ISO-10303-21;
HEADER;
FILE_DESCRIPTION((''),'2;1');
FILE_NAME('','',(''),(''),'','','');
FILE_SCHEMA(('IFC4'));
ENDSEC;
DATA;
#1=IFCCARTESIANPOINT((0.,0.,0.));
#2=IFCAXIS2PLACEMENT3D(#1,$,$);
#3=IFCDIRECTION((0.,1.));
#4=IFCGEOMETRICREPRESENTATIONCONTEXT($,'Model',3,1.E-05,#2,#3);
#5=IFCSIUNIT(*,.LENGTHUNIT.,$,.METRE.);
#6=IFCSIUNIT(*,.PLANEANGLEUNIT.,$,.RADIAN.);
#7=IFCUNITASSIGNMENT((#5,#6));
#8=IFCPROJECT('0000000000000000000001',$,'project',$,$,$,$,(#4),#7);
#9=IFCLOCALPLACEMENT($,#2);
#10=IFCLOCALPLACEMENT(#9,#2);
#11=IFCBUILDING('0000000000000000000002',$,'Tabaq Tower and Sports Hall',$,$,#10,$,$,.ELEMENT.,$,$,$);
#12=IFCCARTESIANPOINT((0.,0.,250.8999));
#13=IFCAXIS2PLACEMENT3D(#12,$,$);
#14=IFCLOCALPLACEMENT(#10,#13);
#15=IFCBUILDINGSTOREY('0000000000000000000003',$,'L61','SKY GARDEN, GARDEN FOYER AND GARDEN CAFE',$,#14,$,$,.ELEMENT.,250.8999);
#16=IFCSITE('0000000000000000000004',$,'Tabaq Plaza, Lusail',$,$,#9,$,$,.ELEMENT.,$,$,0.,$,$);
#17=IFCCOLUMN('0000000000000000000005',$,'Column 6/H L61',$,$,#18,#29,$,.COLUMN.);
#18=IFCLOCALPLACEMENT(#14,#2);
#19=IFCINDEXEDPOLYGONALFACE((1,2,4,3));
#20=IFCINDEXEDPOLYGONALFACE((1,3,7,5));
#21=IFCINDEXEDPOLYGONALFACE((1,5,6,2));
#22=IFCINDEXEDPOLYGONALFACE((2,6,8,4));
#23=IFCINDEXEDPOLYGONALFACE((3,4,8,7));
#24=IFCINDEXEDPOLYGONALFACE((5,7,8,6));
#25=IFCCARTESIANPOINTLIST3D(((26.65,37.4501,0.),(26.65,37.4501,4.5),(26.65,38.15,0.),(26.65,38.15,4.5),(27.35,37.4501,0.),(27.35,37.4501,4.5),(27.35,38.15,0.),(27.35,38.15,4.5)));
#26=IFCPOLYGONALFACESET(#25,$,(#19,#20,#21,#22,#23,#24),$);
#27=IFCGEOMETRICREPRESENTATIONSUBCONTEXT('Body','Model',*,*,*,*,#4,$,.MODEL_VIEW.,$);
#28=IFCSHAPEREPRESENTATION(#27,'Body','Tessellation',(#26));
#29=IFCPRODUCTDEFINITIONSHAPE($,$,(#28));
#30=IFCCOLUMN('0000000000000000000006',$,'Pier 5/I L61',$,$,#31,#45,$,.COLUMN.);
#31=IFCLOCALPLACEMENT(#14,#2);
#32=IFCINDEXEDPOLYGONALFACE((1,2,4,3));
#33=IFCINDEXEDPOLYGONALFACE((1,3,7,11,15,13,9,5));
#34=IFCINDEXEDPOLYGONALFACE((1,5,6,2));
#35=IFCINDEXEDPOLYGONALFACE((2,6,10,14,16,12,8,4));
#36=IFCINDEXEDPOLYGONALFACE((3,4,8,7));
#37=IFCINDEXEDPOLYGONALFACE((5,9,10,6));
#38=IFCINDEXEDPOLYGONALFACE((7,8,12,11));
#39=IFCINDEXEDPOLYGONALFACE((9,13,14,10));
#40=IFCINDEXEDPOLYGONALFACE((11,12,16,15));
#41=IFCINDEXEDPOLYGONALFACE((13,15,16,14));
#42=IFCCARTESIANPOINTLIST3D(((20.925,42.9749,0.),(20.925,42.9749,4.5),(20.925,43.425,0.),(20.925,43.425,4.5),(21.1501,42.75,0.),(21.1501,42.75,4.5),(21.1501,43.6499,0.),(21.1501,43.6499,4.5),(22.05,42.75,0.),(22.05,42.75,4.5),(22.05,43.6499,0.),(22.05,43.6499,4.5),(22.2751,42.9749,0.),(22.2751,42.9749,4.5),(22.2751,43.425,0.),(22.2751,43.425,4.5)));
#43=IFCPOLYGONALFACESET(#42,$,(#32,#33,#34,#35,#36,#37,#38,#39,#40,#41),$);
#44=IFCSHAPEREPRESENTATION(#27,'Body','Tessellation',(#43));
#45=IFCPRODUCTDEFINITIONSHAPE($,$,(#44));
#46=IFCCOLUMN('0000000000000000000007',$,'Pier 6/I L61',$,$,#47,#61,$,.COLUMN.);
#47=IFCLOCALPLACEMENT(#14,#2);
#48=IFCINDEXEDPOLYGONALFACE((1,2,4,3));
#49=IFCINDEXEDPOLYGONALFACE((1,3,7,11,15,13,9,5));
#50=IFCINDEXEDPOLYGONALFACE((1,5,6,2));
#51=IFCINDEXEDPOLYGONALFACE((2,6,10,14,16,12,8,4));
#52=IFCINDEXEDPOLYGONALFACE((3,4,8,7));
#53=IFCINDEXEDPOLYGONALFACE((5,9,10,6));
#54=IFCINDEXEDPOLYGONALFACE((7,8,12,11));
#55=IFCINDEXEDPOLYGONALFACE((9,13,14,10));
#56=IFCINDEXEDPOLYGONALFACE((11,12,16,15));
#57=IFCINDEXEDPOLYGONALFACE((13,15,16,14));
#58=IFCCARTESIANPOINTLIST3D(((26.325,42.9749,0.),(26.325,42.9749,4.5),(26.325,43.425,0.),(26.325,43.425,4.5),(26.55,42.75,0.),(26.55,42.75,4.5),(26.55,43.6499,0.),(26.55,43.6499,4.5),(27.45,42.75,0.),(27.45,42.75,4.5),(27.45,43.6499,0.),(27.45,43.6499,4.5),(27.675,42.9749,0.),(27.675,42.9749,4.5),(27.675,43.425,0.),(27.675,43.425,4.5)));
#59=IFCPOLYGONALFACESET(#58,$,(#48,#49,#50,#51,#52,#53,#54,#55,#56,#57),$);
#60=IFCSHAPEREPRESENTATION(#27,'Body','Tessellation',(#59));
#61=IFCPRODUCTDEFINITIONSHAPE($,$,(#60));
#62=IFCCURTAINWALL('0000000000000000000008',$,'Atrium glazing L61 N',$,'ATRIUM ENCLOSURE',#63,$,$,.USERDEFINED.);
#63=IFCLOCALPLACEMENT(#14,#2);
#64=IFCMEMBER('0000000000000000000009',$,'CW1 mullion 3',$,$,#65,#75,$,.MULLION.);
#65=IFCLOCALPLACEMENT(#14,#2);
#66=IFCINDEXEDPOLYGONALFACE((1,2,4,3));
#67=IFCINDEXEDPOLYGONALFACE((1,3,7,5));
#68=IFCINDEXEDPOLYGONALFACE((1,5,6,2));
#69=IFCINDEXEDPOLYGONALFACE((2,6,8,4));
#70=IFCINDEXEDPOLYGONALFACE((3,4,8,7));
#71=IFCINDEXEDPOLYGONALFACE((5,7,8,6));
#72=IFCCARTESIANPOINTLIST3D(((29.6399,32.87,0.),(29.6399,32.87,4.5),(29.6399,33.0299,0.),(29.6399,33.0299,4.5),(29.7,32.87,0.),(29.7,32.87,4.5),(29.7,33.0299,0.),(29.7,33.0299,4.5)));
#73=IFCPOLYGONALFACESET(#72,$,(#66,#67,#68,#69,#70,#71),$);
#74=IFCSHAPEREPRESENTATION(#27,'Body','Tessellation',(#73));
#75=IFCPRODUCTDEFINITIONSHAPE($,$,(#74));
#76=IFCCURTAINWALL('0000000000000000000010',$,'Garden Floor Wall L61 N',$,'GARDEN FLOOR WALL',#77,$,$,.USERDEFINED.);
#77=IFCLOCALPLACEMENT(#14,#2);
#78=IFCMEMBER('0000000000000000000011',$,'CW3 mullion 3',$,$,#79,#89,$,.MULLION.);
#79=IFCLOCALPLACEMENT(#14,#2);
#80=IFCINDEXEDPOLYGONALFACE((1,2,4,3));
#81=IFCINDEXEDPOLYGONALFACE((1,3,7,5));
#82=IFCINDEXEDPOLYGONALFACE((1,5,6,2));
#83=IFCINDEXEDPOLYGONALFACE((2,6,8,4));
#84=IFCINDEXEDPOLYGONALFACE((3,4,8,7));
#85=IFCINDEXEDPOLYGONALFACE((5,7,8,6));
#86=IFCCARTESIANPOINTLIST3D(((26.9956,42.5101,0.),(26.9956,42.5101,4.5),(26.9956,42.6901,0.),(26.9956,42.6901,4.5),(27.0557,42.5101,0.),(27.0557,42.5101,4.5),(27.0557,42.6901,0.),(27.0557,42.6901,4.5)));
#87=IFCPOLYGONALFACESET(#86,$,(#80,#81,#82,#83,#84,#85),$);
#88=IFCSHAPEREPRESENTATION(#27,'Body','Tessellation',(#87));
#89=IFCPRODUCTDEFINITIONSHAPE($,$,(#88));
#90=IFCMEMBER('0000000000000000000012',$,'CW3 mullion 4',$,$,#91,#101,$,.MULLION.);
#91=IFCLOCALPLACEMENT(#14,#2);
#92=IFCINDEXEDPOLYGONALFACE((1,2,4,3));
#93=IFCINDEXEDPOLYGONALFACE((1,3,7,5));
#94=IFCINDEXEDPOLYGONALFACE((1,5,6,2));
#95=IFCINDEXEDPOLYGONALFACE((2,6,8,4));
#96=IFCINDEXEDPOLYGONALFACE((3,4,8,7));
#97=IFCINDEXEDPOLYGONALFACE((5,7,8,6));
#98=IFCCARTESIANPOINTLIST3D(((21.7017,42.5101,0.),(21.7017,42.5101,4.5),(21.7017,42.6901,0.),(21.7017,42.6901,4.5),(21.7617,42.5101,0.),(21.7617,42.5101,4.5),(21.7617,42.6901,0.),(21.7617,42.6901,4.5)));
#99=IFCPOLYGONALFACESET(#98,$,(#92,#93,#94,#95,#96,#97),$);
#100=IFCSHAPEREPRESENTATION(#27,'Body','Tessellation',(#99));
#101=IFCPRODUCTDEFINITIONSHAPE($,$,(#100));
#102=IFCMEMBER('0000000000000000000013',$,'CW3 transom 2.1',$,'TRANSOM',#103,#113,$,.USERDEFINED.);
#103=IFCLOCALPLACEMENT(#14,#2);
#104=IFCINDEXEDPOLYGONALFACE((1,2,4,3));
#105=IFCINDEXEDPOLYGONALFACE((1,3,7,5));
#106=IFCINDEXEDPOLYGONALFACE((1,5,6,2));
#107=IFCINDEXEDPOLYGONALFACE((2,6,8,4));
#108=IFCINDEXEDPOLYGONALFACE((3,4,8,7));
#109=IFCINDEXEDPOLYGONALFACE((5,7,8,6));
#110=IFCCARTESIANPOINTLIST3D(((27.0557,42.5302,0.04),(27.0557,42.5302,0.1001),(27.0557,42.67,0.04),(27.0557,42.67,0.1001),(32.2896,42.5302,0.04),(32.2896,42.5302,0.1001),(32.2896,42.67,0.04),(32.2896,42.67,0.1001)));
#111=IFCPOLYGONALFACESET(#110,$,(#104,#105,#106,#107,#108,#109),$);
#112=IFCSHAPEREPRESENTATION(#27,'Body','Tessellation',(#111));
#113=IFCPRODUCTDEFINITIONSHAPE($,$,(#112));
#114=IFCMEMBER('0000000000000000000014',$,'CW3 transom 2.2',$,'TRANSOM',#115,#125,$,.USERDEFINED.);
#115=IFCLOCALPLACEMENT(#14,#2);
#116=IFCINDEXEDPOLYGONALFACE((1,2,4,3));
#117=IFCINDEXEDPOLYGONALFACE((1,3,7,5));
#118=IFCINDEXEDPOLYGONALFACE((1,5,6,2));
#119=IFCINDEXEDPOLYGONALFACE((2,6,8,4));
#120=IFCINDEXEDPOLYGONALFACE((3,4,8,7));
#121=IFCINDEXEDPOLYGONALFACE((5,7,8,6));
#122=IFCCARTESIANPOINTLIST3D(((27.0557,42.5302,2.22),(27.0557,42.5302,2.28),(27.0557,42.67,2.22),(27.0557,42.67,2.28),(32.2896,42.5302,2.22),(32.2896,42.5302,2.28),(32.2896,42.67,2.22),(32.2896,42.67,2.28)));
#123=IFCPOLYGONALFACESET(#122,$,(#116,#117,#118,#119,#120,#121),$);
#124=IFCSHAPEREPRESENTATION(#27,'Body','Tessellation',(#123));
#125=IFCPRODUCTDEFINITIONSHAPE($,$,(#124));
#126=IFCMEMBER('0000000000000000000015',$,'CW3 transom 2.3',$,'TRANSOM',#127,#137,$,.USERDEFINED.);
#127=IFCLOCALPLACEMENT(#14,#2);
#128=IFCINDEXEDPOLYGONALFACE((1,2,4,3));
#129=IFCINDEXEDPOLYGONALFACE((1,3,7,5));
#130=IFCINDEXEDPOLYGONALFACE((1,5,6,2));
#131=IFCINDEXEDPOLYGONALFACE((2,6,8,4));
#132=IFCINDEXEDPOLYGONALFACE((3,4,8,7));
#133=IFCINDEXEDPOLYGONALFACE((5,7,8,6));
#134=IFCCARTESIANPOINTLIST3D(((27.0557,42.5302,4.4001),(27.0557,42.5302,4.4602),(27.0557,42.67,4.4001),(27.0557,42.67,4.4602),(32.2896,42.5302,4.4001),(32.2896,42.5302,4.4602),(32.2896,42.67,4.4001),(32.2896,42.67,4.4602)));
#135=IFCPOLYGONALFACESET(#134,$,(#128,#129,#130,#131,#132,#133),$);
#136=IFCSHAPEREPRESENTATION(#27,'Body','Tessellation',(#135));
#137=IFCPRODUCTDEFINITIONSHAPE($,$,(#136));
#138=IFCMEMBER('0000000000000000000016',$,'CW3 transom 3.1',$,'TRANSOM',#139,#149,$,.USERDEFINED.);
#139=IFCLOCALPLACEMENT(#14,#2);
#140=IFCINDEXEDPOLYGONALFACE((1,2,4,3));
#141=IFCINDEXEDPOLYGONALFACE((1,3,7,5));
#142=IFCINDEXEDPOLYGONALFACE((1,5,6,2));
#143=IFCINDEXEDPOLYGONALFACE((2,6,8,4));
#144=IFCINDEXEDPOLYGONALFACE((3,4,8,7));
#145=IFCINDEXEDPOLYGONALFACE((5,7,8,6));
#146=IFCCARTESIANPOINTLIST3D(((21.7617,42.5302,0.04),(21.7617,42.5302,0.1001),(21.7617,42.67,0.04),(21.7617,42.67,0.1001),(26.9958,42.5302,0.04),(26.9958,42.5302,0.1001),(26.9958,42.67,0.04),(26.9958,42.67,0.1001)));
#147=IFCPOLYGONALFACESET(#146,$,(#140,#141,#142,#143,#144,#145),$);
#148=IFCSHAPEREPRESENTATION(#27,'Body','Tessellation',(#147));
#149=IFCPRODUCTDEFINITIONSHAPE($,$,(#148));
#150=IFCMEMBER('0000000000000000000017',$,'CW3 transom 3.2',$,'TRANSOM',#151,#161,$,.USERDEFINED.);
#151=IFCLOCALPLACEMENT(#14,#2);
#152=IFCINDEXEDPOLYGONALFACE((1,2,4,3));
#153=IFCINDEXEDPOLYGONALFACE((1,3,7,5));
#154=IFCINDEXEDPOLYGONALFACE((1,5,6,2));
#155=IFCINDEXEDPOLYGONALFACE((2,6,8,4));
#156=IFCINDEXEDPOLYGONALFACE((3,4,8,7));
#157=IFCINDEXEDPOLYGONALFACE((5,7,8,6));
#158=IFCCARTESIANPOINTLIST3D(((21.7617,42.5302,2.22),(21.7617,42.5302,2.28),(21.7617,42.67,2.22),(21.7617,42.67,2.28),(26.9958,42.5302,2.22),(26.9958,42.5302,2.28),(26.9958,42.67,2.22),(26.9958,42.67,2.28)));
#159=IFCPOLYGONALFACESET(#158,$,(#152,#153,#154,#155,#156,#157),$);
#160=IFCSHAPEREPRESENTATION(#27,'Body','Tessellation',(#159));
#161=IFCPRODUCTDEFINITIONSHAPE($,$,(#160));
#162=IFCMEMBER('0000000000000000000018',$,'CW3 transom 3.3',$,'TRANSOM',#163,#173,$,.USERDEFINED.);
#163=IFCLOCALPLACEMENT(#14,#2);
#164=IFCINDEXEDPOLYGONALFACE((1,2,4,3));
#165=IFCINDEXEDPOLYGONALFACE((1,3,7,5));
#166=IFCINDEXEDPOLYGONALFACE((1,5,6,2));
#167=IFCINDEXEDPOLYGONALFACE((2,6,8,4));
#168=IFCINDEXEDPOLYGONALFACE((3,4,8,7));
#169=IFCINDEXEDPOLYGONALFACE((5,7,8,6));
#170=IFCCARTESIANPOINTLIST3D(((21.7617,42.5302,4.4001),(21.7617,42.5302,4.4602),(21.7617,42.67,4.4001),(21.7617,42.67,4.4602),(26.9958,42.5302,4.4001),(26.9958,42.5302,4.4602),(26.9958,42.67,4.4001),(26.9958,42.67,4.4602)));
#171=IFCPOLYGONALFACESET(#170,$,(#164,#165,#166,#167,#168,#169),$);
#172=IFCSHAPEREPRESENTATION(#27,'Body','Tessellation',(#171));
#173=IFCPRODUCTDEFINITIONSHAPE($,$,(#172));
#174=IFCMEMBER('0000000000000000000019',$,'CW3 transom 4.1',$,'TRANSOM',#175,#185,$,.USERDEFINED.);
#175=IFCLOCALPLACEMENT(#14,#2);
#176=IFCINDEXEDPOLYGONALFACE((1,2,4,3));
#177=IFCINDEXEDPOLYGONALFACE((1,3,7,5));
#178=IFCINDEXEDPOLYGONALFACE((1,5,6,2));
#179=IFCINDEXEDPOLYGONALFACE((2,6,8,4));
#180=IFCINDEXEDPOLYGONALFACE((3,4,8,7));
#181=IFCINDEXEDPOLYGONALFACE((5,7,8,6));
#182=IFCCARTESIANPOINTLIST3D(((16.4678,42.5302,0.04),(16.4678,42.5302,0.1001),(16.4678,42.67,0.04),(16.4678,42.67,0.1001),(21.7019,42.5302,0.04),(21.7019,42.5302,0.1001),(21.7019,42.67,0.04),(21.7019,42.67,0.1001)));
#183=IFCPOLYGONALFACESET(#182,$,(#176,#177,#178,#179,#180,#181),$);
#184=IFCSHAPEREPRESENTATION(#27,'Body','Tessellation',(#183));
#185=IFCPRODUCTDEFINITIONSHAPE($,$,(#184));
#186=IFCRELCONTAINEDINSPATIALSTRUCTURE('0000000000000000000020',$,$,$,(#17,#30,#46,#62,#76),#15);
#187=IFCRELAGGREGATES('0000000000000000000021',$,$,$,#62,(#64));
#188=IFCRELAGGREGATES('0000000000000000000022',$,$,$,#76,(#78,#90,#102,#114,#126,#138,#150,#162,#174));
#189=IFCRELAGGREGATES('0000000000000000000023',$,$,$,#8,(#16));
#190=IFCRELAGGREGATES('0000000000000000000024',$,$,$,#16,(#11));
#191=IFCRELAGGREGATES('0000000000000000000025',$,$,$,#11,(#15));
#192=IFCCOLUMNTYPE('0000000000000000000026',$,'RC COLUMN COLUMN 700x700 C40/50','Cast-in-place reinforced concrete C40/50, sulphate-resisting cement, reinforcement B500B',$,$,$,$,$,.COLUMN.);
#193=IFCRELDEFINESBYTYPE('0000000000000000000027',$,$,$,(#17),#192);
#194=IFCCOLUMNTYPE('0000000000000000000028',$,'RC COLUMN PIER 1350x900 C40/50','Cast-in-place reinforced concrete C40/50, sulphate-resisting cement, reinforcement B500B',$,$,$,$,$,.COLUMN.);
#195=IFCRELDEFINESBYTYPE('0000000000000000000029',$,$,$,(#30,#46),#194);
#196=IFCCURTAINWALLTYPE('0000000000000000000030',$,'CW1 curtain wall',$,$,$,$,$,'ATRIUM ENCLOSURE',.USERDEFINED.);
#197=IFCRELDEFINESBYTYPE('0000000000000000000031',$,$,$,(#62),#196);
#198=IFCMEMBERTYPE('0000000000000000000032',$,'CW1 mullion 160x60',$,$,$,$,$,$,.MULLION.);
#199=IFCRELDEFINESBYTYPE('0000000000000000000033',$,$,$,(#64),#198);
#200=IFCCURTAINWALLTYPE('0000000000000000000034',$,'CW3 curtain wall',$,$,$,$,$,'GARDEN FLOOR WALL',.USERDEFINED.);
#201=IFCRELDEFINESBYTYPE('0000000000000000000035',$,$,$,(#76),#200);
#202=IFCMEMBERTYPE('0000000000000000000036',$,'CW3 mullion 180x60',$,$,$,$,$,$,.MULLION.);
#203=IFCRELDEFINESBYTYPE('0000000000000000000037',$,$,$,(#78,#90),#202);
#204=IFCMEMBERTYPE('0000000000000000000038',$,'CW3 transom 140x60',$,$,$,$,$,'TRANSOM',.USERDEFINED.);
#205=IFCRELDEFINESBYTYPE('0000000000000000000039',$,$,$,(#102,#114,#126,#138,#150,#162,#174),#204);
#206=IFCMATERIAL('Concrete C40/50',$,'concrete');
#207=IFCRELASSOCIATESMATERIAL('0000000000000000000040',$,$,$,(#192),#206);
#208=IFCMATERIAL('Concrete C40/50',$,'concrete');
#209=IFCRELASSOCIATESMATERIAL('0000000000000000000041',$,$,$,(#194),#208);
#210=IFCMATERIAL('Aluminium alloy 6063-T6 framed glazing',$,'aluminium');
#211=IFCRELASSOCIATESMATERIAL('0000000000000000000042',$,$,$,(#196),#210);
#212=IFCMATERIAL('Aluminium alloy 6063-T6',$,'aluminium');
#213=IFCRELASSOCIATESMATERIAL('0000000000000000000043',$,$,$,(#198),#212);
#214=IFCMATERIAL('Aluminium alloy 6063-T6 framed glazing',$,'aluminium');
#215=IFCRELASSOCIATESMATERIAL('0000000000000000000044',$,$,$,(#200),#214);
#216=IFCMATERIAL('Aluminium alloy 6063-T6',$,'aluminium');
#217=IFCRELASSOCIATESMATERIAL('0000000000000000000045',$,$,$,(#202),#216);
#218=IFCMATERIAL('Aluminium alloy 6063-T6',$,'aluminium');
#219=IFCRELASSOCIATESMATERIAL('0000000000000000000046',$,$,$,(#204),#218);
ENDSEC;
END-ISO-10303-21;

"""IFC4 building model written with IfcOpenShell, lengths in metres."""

from ifc_helpers import new_model, si_unit, direction, frame, origin, origin_2d, place, context, subcontext, project, spatial, polyline, rectangle, outline, extrude, material, material_profile, profile_set, type_object, element, aggregate, save


model = new_model("IFC4")

# Units and contexts
model_context = context("Model", 3, precision=1e-05, world=origin(), true_north=direction((0.0, 1.0)))
body_context = subcontext(model_context, "Body", "Model", "MODEL_VIEW")
ifc_project = project(units=[si_unit("LENGTHUNIT", "METRE"), si_unit("PLANEANGLEUNIT", "RADIAN")], contexts=[model_context])

# Site, building, storey
site_placement = place(None, origin())
site = spatial("IfcSite", under=ifc_project, at=site_placement, Name="Tabaq Plaza, Lusail", CompositionType="ELEMENT", RefElevation=0.0)
building_placement = place(site_placement, origin())
building = spatial("IfcBuilding", under=site, at=building_placement, Name="Tabaq Tower and Sports Hall", CompositionType="ELEMENT")
storey_placement = place(building_placement, frame((0.0, 0.0, 250.8999)))
storey = spatial("IfcBuildingStorey", under=building, at=storey_placement, Name="L61", Description="SKY GARDEN, GARDEN FOYER AND GARDEN CAFE", CompositionType="ELEMENT", Elevation=250.8999)

# Columns
ifc_material_1 = material(Name="Concrete C40/50", Category="concrete")
ifc_material_profile_1 = material_profile(ifc_material_1, rectangle(XDim=0.7, YDim=0.7, at=origin_2d()), Name="COLUMN 700x700")
ifc_profile_set_1 = profile_set([ifc_material_profile_1], Name="Concrete C40/50")
column_type_1 = type_object("IfcColumnType", Name="RC COLUMN COLUMN 700x700 C40/50", Description="Cast-in-place reinforced concrete C40/50, sulphate-resisting cement, reinforcement B500B", PredefinedType="COLUMN", material=ifc_profile_set_1)
column_placement = place(storey_placement, frame((27.0, 37.8, 0.0), z_axis=(0.0, 0.0, 1.0), x_axis=(1.0, 0.0, 0.0)))
element("IfcColumn", 1, at=column_placement, inside=storey, type_object=column_type_1, Name="Column 6/H L61", PredefinedType="COLUMN", context=body_context, shape_type="SweptSolid", body=[
    extrude(rectangle(XDim=0.7, YDim=0.7, at=origin_2d()), origin(), (0.0, 0.0, 1.0), 4.5),
])
ifc_material_2 = material(Name="Concrete C40/50", Category="concrete")
ifc_material_profile_2 = material_profile(ifc_material_2, outline(polyline([(-0.45, -0.45), (0.45, -0.45), (0.675, -0.2251), (0.675, 0.2251), (0.45, 0.45), (-0.45, 0.45), (-0.675, 0.2251), (-0.675, -0.2251), (-0.45, -0.45)])), Name="PIER 1350x900")
ifc_profile_set_2 = profile_set([ifc_material_profile_2], Name="Concrete C40/50")
column_type_2 = type_object("IfcColumnType", Name="RC COLUMN PIER 1350x900 C40/50", Description="Cast-in-place reinforced concrete C40/50, sulphate-resisting cement, reinforcement B500B", PredefinedType="COLUMN", material=ifc_profile_set_2)
for number, where, z_axis, x_axis, name in (
    (2, (21.6001, 43.2, 0.0), (0.0, 0.0, 1.0), (1.0, 0.0, 0.0), "Pier 5/I L61"),
    (3, (27.0, 43.2, 0.0), (0.0, 0.0, 1.0), (1.0, 0.0, 0.0), "Pier 6/I L61"),
):
    element("IfcColumn", number, at=place(storey_placement, frame(where, z_axis=z_axis, x_axis=x_axis)), inside=storey, type_object=column_type_2, Name=name, PredefinedType="COLUMN", context=body_context, shape_type="SweptSolid", body=[
        extrude(outline(polyline([(-0.45, -0.45), (0.45, -0.45), (0.675, -0.2251), (0.675, 0.2251), (0.45, 0.45), (-0.45, 0.45), (-0.675, 0.2251), (-0.675, -0.2251), (-0.45, -0.45)])), origin(), (0.0, 0.0, 1.0), 4.5),
    ])

# Curtain wall, member
ifc_material_3 = material(Name="Aluminium alloy 6063-T6 framed glazing", Category="aluminium")
curtain_wall_type_1 = type_object("IfcCurtainWallType", Name="CW1 curtain wall", ElementType="ATRIUM ENCLOSURE", PredefinedType="USERDEFINED", material=ifc_material_3)
curtain_wall_1_placement = place(storey_placement, origin())
curtain_wall_1 = element("IfcCurtainWall", 4, at=curtain_wall_1_placement, inside=storey, type_object=curtain_wall_type_1, Name="Atrium glazing L61 N", ObjectType="ATRIUM ENCLOSURE", PredefinedType="USERDEFINED")
ifc_material_4 = material(Name="Aluminium alloy 6063-T6", Category="aluminium")
ifc_material_profile_3 = material_profile(ifc_material_4, rectangle(XDim=0.1599, YDim=0.0601, at=origin_2d()), Name="MULLION 160x60")
ifc_profile_set_3 = profile_set([ifc_material_profile_3], Name="Aluminium alloy 6063-T6")
member_type_1 = type_object("IfcMemberType", Name="CW1 mullion 160x60", PredefinedType="MULLION", material=ifc_profile_set_3)
member_1_placement = place(storey_placement, frame((29.6699, 32.95, 0.0), z_axis=(0.0, 0.0, 1.0), x_axis=(0.0, 1.0, 0.0)))
member_1 = element("IfcMember", 5, at=member_1_placement, type_object=member_type_1, Name="CW1 mullion 3", PredefinedType="MULLION", context=body_context, shape_type="SweptSolid", body=[
    extrude(rectangle(XDim=0.1599, YDim=0.0601, at=origin_2d()), origin(), (0.0, 0.0, 1.0), 4.5),
])

# Curtain wall, members
ifc_material_5 = material(Name="Aluminium alloy 6063-T6 framed glazing", Category="aluminium")
curtain_wall_type_2 = type_object("IfcCurtainWallType", Name="CW3 curtain wall", ElementType="GARDEN FLOOR WALL", PredefinedType="USERDEFINED", material=ifc_material_5)
curtain_wall_2_placement = place(storey_placement, origin())
curtain_wall_2 = element("IfcCurtainWall", 6, at=curtain_wall_2_placement, inside=storey, type_object=curtain_wall_type_2, Name="Garden Floor Wall L61 N", ObjectType="GARDEN FLOOR WALL", PredefinedType="USERDEFINED")
ifc_material_6 = material(Name="Aluminium alloy 6063-T6", Category="aluminium")
ifc_material_profile_4 = material_profile(ifc_material_6, rectangle(XDim=0.1799, YDim=0.0601, at=origin_2d()), Name="MULLION 180x60")
ifc_profile_set_4 = profile_set([ifc_material_profile_4], Name="Aluminium alloy 6063-T6")
member_type_2 = type_object("IfcMemberType", Name="CW3 mullion 180x60", PredefinedType="MULLION", material=ifc_profile_set_4)
member_2_placement = place(storey_placement, frame((27.0256, 42.6001, 0.0), z_axis=(0.0, 0.0, 1.0), x_axis=(0.0, -1.0, 0.0)))
member_2 = element("IfcMember", 7, at=member_2_placement, type_object=member_type_2, Name="CW3 mullion 3", PredefinedType="MULLION", context=body_context, shape_type="SweptSolid", body=[
    extrude(rectangle(XDim=0.1799, YDim=0.0601, at=origin_2d()), origin(), (0.0, 0.0, 1.0), 4.5),
])
member_3_placement = place(storey_placement, frame((21.7317, 42.6001, 0.0), z_axis=(0.0, 0.0, 1.0), x_axis=(0.0, -1.0, 0.0)))
member_3 = element("IfcMember", 8, at=member_3_placement, type_object=member_type_2, Name="CW3 mullion 4", PredefinedType="MULLION", context=body_context, shape_type="SweptSolid", body=[
    extrude(rectangle(XDim=0.1799, YDim=0.0601, at=origin_2d()), origin(), (0.0, 0.0, 1.0), 4.5),
])
ifc_material_7 = material(Name="Aluminium alloy 6063-T6", Category="aluminium")
ifc_material_profile_5 = material_profile(ifc_material_7, rectangle(XDim=0.1399, YDim=0.0601, at=origin_2d()), Name="TRANSOM 140x60")
ifc_profile_set_5 = profile_set([ifc_material_profile_5], Name="Aluminium alloy 6063-T6")
member_type_3 = type_object("IfcMemberType", Name="CW3 transom 140x60", ElementType="TRANSOM", PredefinedType="USERDEFINED", material=ifc_profile_set_5)
member_4_placement = place(storey_placement, frame((32.2896, 42.6001, 0.0701), z_axis=(-1.0, 0.0, 0.0), x_axis=(0.0, -1.0, 0.0)))
member_4 = element("IfcMember", 9, at=member_4_placement, type_object=member_type_3, Name="CW3 transom 2.1", ObjectType="TRANSOM", PredefinedType="USERDEFINED", context=body_context, shape_type="SweptSolid", body=[
    extrude(rectangle(XDim=0.1399, YDim=0.0601, at=origin_2d()), origin(), (0.0, 0.0, 1.0), 5.2339),
])
member_5_placement = place(storey_placement, frame((32.2896, 42.6001, 2.25), z_axis=(-1.0, 0.0, 0.0), x_axis=(0.0, -1.0, 0.0)))
member_5 = element("IfcMember", 10, at=member_5_placement, type_object=member_type_3, Name="CW3 transom 2.2", ObjectType="TRANSOM", PredefinedType="USERDEFINED", context=body_context, shape_type="SweptSolid", body=[
    extrude(rectangle(XDim=0.1399, YDim=0.0601, at=origin_2d()), origin(), (0.0, 0.0, 1.0), 5.2339),
])
member_6_placement = place(storey_placement, frame((32.2896, 42.6001, 4.4302), z_axis=(-1.0, 0.0, 0.0), x_axis=(0.0, -1.0, 0.0)))
member_6 = element("IfcMember", 11, at=member_6_placement, type_object=member_type_3, Name="CW3 transom 2.3", ObjectType="TRANSOM", PredefinedType="USERDEFINED", context=body_context, shape_type="SweptSolid", body=[
    extrude(rectangle(XDim=0.1399, YDim=0.0601, at=origin_2d()), origin(), (0.0, 0.0, 1.0), 5.2339),
])
member_7_placement = place(storey_placement, frame((26.9958, 42.6001, 0.0701), z_axis=(-1.0, 0.0, 0.0), x_axis=(0.0, -1.0, 0.0)))
member_7 = element("IfcMember", 12, at=member_7_placement, type_object=member_type_3, Name="CW3 transom 3.1", ObjectType="TRANSOM", PredefinedType="USERDEFINED", context=body_context, shape_type="SweptSolid", body=[
    extrude(rectangle(XDim=0.1399, YDim=0.0601, at=origin_2d()), origin(), (0.0, 0.0, 1.0), 5.2341),
])
member_8_placement = place(storey_placement, frame((26.9958, 42.6001, 2.25), z_axis=(-1.0, 0.0, 0.0), x_axis=(0.0, -1.0, 0.0)))
member_8 = element("IfcMember", 13, at=member_8_placement, type_object=member_type_3, Name="CW3 transom 3.2", ObjectType="TRANSOM", PredefinedType="USERDEFINED", context=body_context, shape_type="SweptSolid", body=[
    extrude(rectangle(XDim=0.1399, YDim=0.0601, at=origin_2d()), origin(), (0.0, 0.0, 1.0), 5.2341),
])
member_9_placement = place(storey_placement, frame((26.9958, 42.6001, 4.4302), z_axis=(-1.0, 0.0, 0.0), x_axis=(0.0, -1.0, 0.0)))
member_9 = element("IfcMember", 14, at=member_9_placement, type_object=member_type_3, Name="CW3 transom 3.3", ObjectType="TRANSOM", PredefinedType="USERDEFINED", context=body_context, shape_type="SweptSolid", body=[
    extrude(rectangle(XDim=0.1399, YDim=0.0601, at=origin_2d()), origin(), (0.0, 0.0, 1.0), 5.2341),
])
member_10_placement = place(storey_placement, frame((21.7019, 42.6001, 0.0701), z_axis=(-1.0, 0.0, 0.0), x_axis=(0.0, -1.0, 0.0)))
member_10 = element("IfcMember", 15, at=member_10_placement, type_object=member_type_3, Name="CW3 transom 4.1", ObjectType="TRANSOM", PredefinedType="USERDEFINED", context=body_context, shape_type="SweptSolid", body=[
    extrude(rectangle(XDim=0.1399, YDim=0.0601, at=origin_2d()), origin(), (0.0, 0.0, 1.0), 5.2341),
])

aggregate(curtain_wall_1, [member_1])
aggregate(curtain_wall_2, [member_2, member_3, member_4, member_5, member_6, member_7, member_8, member_9, member_10])

save(model, "model.ifc")
